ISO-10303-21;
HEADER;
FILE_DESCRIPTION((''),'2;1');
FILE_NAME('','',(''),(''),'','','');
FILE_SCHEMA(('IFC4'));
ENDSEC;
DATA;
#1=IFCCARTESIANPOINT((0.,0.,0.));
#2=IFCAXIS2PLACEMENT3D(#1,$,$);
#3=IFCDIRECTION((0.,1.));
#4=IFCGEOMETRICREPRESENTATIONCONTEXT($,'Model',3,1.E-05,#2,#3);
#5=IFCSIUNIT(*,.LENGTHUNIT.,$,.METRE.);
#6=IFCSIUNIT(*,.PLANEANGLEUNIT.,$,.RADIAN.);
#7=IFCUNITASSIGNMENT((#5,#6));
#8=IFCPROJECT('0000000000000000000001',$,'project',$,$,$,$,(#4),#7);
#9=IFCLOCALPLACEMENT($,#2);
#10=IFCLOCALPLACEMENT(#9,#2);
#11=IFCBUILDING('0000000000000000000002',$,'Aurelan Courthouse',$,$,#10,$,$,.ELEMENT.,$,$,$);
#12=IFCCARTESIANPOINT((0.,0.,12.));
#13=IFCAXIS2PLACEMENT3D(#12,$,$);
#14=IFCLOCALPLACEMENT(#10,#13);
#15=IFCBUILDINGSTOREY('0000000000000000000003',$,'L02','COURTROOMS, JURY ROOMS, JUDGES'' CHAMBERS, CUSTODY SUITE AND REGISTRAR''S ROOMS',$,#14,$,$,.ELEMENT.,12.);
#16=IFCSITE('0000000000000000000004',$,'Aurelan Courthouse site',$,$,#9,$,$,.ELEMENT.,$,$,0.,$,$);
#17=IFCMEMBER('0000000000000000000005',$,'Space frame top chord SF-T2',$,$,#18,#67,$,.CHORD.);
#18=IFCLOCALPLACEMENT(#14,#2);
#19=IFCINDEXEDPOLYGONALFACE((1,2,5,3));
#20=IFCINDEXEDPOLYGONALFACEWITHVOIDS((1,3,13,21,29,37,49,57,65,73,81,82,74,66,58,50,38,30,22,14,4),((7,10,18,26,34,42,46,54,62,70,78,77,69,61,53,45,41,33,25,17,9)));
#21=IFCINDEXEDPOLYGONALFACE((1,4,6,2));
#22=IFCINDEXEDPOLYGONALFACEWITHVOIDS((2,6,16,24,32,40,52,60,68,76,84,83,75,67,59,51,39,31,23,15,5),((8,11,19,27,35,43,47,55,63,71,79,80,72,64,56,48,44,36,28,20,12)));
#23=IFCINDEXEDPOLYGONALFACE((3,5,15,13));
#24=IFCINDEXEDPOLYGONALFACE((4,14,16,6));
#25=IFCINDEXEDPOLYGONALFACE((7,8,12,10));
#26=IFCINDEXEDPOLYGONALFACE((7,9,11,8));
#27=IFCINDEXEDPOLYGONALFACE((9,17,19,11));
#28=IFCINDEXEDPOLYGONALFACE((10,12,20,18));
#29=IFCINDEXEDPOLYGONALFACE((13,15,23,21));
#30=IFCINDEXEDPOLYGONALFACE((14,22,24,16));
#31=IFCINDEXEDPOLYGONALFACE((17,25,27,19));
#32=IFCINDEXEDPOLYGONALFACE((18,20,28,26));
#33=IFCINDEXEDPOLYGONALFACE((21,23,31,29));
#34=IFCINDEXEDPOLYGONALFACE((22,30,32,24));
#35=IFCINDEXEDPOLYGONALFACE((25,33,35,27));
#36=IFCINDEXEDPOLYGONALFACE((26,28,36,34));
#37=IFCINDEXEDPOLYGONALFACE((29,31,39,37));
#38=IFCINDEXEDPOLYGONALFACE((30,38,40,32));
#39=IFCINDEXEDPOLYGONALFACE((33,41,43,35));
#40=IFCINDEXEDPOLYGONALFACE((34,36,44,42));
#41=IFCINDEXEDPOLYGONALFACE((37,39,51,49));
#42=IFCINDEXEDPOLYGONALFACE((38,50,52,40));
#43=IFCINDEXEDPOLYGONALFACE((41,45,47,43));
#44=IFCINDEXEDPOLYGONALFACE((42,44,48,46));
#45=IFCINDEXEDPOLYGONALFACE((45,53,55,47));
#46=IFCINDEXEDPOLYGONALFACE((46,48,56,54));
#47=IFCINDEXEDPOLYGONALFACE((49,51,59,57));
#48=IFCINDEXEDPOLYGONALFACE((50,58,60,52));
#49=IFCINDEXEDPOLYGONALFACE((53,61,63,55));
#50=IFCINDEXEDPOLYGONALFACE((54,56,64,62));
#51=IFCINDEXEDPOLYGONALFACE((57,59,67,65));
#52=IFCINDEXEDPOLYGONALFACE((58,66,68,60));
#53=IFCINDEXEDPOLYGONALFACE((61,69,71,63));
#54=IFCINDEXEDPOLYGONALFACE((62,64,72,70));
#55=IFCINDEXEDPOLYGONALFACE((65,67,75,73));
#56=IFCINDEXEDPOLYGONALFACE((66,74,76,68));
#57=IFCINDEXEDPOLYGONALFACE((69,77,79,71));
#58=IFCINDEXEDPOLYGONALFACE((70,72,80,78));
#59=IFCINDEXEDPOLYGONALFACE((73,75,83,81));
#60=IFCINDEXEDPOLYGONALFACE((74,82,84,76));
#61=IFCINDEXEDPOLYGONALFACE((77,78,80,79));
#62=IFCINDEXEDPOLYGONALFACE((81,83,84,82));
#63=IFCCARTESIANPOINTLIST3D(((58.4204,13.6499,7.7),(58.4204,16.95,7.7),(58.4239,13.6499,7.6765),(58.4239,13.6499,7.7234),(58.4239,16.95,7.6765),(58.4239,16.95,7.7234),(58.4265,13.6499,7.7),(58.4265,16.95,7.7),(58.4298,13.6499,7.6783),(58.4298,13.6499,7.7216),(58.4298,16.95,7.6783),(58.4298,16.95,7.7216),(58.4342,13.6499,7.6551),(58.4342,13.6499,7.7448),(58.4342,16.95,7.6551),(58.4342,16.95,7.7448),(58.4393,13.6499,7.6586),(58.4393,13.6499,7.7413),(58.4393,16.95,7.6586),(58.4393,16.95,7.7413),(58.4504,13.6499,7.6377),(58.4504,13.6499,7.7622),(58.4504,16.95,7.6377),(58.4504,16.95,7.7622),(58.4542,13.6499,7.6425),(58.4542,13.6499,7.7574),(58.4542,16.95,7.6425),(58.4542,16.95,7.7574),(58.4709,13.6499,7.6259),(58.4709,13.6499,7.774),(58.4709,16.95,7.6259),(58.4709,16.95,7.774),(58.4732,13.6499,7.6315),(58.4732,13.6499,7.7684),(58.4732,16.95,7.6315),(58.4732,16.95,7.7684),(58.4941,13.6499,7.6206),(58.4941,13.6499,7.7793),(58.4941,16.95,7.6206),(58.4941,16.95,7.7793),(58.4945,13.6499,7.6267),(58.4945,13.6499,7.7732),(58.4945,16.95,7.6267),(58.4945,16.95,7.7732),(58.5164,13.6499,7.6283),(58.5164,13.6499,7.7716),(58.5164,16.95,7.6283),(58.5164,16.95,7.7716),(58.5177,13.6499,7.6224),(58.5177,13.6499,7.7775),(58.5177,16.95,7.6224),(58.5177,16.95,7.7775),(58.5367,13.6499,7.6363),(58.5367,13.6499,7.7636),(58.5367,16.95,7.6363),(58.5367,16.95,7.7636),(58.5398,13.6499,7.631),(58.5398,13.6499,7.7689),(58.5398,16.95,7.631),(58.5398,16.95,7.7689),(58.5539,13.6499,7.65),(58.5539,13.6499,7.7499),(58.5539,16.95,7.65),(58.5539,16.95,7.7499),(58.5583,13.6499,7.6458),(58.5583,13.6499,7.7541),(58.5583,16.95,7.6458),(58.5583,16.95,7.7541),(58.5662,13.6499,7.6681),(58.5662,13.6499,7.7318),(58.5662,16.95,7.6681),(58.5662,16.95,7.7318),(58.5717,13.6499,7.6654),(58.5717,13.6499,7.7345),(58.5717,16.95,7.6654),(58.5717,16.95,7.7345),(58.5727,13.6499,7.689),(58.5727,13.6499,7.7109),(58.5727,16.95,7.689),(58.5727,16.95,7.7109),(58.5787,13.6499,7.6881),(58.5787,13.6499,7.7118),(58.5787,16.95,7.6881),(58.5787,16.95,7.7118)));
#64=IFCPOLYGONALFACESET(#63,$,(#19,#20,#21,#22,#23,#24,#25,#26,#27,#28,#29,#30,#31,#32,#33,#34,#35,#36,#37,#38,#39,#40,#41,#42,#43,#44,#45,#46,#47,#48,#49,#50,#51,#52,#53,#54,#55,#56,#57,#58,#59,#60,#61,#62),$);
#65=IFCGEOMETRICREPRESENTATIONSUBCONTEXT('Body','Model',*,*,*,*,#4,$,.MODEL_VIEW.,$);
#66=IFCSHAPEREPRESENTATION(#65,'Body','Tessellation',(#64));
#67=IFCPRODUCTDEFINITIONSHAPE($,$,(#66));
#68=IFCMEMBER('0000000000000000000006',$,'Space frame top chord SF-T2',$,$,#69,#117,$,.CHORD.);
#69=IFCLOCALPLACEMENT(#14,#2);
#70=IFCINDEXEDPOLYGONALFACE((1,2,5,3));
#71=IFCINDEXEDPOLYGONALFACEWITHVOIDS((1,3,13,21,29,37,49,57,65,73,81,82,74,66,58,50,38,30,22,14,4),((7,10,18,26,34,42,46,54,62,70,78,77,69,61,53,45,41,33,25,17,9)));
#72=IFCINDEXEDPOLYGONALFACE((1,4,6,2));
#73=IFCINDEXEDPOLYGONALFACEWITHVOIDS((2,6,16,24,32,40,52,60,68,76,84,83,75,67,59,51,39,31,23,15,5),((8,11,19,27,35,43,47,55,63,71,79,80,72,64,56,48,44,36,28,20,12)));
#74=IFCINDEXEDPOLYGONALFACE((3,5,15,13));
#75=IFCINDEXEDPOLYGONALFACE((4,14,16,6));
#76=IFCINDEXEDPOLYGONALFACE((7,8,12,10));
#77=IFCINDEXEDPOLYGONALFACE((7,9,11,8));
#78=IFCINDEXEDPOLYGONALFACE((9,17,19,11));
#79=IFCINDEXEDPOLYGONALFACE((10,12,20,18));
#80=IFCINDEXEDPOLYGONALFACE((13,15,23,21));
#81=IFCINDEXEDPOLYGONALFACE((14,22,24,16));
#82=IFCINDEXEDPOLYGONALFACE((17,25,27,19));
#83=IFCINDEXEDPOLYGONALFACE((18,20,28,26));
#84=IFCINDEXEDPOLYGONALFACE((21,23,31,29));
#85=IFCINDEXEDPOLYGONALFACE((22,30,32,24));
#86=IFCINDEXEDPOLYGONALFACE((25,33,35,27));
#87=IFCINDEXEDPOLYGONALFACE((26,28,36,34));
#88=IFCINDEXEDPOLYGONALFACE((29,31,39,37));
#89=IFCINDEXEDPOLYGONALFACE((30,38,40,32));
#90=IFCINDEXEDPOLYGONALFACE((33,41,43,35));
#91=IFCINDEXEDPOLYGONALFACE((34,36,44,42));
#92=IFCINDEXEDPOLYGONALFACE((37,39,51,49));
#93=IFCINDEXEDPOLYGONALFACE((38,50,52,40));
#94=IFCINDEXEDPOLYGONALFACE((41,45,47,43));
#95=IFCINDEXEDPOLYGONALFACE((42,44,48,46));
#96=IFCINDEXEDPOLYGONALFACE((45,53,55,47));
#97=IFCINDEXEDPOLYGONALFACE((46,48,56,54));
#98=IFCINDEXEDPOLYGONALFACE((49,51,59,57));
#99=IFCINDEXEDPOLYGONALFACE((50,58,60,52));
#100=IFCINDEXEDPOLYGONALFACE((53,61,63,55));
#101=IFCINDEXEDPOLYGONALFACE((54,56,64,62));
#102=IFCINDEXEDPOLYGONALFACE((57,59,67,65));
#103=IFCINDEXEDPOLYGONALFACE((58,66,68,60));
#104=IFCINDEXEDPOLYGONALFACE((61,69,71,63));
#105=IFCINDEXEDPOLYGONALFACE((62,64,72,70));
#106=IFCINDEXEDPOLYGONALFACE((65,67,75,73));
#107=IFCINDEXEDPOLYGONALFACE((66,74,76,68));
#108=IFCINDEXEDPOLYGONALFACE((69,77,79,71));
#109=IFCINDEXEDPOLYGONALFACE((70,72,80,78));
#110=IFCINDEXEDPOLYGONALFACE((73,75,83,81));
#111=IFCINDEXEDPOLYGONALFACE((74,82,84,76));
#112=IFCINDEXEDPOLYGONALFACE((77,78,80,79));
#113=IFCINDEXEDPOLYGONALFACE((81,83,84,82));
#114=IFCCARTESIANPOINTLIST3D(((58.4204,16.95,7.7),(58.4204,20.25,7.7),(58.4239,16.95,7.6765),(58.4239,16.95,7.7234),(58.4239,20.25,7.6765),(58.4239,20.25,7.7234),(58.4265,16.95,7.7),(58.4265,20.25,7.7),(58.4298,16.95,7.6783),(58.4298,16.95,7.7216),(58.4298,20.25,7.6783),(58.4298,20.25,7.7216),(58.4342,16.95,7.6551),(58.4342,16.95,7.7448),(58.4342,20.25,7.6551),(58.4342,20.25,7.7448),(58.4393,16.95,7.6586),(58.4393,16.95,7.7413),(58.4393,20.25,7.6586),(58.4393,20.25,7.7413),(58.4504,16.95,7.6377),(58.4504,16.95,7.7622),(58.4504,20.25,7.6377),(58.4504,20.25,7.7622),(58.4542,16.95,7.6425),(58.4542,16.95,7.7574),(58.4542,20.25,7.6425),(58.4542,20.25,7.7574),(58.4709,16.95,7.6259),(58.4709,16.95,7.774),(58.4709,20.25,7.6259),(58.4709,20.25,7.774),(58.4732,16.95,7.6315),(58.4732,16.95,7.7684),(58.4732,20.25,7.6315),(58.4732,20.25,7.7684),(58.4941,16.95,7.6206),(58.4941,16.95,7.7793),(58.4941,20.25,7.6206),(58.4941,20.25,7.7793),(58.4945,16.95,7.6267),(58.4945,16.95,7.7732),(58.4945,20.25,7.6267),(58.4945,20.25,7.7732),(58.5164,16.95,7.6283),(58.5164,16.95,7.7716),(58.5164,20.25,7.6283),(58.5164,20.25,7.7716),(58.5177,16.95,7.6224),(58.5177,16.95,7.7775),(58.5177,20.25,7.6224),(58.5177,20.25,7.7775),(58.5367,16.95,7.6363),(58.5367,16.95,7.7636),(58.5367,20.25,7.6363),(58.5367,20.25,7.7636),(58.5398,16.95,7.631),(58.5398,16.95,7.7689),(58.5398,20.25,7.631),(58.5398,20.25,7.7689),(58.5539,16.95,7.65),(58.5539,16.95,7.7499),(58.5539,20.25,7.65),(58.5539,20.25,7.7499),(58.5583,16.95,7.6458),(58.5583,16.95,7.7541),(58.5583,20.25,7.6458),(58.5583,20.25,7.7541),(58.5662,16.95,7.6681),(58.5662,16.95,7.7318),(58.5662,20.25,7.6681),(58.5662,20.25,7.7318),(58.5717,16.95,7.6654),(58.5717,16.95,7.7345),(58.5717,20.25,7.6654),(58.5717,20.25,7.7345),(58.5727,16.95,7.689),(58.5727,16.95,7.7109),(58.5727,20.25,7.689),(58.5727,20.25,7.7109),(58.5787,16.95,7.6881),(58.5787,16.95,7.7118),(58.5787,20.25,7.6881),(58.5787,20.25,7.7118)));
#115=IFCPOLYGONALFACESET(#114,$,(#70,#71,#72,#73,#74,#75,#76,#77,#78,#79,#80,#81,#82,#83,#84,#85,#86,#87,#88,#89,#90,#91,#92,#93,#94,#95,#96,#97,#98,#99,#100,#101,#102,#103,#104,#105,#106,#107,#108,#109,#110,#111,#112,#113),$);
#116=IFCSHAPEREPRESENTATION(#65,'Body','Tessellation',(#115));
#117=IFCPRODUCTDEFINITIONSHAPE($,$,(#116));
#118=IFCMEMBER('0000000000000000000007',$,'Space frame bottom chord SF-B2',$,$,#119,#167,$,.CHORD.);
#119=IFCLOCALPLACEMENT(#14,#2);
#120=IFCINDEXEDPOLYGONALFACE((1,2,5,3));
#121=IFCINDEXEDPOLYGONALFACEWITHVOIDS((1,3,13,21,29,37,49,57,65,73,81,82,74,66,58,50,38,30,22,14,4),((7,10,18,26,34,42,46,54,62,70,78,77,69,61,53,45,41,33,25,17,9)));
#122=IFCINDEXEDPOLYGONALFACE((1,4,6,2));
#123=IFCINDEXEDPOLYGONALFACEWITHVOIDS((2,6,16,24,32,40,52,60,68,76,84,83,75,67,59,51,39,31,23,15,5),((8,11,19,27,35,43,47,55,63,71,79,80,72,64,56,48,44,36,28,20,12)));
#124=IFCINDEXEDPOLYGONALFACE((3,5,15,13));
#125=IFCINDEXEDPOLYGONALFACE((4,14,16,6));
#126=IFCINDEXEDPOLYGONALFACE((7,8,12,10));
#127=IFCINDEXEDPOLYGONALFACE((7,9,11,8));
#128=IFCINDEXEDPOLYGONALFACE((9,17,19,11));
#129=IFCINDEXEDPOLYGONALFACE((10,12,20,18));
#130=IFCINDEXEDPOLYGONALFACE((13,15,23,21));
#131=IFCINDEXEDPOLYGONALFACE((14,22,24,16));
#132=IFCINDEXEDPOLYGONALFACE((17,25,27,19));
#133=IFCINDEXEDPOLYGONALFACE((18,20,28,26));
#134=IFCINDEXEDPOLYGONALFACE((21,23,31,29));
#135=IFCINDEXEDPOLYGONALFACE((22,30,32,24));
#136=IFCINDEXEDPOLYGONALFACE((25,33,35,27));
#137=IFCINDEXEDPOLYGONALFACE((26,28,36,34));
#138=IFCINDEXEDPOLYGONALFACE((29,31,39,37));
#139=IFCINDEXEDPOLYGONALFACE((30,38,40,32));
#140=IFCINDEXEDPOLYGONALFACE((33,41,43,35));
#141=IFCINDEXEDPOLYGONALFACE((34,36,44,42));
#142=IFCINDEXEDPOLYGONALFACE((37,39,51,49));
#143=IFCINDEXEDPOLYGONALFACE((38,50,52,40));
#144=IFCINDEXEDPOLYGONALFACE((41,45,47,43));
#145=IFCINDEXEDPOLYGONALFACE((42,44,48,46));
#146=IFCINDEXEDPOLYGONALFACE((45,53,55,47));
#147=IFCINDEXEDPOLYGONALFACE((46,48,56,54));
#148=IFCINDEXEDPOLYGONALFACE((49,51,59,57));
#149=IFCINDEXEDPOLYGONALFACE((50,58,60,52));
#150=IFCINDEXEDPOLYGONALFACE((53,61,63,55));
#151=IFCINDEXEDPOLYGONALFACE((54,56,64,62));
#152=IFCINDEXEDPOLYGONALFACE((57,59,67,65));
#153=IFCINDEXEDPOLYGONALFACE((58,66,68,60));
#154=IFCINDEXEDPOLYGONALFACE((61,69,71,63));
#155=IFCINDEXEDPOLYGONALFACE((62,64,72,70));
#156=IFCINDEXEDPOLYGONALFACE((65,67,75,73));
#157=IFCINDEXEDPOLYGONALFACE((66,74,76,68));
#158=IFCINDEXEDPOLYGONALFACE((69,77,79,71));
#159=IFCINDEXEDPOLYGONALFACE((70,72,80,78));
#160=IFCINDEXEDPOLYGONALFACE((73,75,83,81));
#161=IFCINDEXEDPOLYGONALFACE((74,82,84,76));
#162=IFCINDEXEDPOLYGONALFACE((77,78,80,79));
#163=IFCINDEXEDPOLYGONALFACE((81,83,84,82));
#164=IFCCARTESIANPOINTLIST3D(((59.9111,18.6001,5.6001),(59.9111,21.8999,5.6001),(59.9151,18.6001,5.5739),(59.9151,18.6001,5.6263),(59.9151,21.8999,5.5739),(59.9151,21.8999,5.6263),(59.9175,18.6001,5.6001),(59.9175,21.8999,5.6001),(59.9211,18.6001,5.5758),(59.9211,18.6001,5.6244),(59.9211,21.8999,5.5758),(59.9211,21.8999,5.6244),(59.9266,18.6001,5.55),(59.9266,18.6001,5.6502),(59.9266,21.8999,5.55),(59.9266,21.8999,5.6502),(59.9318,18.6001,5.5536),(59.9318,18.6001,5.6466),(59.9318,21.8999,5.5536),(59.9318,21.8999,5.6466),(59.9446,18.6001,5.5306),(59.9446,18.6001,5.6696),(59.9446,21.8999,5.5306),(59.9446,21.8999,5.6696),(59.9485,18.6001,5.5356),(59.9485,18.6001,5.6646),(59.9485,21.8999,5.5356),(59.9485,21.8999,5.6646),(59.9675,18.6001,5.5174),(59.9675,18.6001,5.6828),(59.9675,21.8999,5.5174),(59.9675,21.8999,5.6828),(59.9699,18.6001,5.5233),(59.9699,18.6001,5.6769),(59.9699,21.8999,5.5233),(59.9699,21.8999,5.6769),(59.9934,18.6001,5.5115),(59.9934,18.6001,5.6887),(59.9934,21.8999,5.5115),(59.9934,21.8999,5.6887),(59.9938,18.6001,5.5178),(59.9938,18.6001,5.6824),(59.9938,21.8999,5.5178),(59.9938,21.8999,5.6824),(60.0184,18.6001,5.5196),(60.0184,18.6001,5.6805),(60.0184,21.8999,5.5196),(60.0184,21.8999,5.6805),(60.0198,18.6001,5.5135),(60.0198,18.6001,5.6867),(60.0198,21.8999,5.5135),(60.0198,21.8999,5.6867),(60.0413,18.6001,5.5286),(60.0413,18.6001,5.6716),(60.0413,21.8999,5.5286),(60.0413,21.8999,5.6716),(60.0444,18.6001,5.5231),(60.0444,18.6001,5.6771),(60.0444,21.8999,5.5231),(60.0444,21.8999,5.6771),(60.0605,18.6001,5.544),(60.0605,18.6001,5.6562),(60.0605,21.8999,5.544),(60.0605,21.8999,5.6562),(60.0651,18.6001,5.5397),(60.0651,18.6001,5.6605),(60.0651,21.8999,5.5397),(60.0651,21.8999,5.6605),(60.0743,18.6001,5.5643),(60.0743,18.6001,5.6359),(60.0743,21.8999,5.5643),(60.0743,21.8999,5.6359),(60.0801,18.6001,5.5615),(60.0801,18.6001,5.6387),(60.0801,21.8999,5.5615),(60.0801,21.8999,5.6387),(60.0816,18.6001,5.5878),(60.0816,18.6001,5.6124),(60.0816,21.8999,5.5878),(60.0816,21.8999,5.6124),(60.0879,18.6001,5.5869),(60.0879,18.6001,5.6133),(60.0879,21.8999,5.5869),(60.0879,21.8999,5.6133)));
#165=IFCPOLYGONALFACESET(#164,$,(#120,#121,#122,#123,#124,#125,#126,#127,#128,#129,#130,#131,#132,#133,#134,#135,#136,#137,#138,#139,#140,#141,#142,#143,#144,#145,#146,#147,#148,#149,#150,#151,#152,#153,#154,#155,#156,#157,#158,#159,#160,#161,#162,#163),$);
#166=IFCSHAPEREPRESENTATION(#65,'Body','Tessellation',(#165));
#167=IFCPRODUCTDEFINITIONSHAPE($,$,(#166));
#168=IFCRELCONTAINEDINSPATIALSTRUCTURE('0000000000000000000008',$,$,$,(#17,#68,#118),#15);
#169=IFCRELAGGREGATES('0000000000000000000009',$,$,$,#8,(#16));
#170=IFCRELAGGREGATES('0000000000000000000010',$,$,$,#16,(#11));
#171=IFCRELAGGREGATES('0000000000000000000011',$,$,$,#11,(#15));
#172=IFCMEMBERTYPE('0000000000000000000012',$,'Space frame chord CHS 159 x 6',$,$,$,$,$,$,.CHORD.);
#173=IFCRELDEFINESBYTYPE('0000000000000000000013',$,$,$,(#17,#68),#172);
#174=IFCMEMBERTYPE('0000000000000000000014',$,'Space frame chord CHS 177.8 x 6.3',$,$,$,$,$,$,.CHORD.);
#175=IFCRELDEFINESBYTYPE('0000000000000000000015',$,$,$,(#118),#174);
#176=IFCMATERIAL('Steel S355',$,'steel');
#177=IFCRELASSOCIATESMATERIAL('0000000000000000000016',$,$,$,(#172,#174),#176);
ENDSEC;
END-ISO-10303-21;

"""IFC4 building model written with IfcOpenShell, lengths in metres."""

from ifc_helpers import new_model, si_unit, direction, frame, origin, origin_2d, place, context, subcontext, project, spatial, hollow_circle, extrude, material, material_profile, profile_set, type_object, element, save


model = new_model("IFC4")

# Units and contexts
model_context = context("Model", 3, precision=1e-05, world=origin(), true_north=direction((0.0, 1.0)))
body_context = subcontext(model_context, "Body", "Model", "MODEL_VIEW")
ifc_project = project(units=[si_unit("LENGTHUNIT", "METRE"), si_unit("PLANEANGLEUNIT", "RADIAN")], contexts=[model_context])

# Site, building, storey
site_placement = place(None, origin())
site = spatial("IfcSite", under=ifc_project, at=site_placement, Name="Aurelan Courthouse site", CompositionType="ELEMENT", RefElevation=0.0)
building_placement = place(site_placement, origin())
building = spatial("IfcBuilding", under=site, at=building_placement, Name="Aurelan Courthouse", CompositionType="ELEMENT")
storey_placement = place(building_placement, frame((0.0, 0.0, 12.0)))
storey = spatial("IfcBuildingStorey", under=building, at=storey_placement, Name="L02", Description="COURTROOMS, JURY ROOMS, JUDGES' CHAMBERS, CUSTODY SUITE AND REGISTRAR'S ROOMS", CompositionType="ELEMENT", Elevation=12.0)

# Members
ifc_material_1 = material(Name="Steel S355", Category="steel")
ifc_material_profile_1 = material_profile(ifc_material_1, hollow_circle(Radius=0.0796, WallThickness=0.0061, at=origin_2d()), Name="CHS 159 x 6")
ifc_profile_set_1 = profile_set([ifc_material_profile_1], Name="Steel S355")
member_type_1 = type_object("IfcMemberType", Name="Space frame chord CHS 159 x 6", PredefinedType="CHORD", material=ifc_profile_set_1)
for number, where, z_axis, x_axis, name in (
    (1, (58.5, 13.6499, 7.7), (0.0, 1.0, 0.0), (-1.0, 0.0, 0.0), "Space frame top chord SF-T2"),
    (2, (58.5, 16.95, 7.7), (0.0, 1.0, 0.0), (-1.0, 0.0, 0.0), "Space frame top chord SF-T2"),
):
    element("IfcMember", number, at=place(storey_placement, frame(where, z_axis=z_axis, x_axis=x_axis)), inside=storey, type_object=member_type_1, Name=name, PredefinedType="CHORD", context=body_context, shape_type="SweptSolid", body=[
        extrude(hollow_circle(Radius=0.0796, WallThickness=0.0061, at=origin_2d()), origin(), (0.0, 0.0, 1.0), 3.3),
    ])
ifc_material_profile_2 = material_profile(ifc_material_1, hollow_circle(Radius=0.0889, WallThickness=0.0063, at=origin_2d()), Name="CHS 177.8 x 6.3")
ifc_profile_set_2 = profile_set([ifc_material_profile_2], Name="Steel S355")
member_type_2 = type_object("IfcMemberType", Name="Space frame chord CHS 177.8 x 6.3", PredefinedType="CHORD", material=ifc_profile_set_2)
member_1_placement = place(storey_placement, frame((60.0, 18.6001, 5.6001), z_axis=(0.0, 1.0, 0.0), x_axis=(-1.0, 0.0, 0.0)))
element("IfcMember", 3, at=member_1_placement, inside=storey, type_object=member_type_2, Name="Space frame bottom chord SF-B2", PredefinedType="CHORD", context=body_context, shape_type="SweptSolid", body=[
    extrude(hollow_circle(Radius=0.0889, WallThickness=0.0063, at=origin_2d()), origin(), (0.0, 0.0, 1.0), 3.2998),
])

save(model, "model.ifc")
